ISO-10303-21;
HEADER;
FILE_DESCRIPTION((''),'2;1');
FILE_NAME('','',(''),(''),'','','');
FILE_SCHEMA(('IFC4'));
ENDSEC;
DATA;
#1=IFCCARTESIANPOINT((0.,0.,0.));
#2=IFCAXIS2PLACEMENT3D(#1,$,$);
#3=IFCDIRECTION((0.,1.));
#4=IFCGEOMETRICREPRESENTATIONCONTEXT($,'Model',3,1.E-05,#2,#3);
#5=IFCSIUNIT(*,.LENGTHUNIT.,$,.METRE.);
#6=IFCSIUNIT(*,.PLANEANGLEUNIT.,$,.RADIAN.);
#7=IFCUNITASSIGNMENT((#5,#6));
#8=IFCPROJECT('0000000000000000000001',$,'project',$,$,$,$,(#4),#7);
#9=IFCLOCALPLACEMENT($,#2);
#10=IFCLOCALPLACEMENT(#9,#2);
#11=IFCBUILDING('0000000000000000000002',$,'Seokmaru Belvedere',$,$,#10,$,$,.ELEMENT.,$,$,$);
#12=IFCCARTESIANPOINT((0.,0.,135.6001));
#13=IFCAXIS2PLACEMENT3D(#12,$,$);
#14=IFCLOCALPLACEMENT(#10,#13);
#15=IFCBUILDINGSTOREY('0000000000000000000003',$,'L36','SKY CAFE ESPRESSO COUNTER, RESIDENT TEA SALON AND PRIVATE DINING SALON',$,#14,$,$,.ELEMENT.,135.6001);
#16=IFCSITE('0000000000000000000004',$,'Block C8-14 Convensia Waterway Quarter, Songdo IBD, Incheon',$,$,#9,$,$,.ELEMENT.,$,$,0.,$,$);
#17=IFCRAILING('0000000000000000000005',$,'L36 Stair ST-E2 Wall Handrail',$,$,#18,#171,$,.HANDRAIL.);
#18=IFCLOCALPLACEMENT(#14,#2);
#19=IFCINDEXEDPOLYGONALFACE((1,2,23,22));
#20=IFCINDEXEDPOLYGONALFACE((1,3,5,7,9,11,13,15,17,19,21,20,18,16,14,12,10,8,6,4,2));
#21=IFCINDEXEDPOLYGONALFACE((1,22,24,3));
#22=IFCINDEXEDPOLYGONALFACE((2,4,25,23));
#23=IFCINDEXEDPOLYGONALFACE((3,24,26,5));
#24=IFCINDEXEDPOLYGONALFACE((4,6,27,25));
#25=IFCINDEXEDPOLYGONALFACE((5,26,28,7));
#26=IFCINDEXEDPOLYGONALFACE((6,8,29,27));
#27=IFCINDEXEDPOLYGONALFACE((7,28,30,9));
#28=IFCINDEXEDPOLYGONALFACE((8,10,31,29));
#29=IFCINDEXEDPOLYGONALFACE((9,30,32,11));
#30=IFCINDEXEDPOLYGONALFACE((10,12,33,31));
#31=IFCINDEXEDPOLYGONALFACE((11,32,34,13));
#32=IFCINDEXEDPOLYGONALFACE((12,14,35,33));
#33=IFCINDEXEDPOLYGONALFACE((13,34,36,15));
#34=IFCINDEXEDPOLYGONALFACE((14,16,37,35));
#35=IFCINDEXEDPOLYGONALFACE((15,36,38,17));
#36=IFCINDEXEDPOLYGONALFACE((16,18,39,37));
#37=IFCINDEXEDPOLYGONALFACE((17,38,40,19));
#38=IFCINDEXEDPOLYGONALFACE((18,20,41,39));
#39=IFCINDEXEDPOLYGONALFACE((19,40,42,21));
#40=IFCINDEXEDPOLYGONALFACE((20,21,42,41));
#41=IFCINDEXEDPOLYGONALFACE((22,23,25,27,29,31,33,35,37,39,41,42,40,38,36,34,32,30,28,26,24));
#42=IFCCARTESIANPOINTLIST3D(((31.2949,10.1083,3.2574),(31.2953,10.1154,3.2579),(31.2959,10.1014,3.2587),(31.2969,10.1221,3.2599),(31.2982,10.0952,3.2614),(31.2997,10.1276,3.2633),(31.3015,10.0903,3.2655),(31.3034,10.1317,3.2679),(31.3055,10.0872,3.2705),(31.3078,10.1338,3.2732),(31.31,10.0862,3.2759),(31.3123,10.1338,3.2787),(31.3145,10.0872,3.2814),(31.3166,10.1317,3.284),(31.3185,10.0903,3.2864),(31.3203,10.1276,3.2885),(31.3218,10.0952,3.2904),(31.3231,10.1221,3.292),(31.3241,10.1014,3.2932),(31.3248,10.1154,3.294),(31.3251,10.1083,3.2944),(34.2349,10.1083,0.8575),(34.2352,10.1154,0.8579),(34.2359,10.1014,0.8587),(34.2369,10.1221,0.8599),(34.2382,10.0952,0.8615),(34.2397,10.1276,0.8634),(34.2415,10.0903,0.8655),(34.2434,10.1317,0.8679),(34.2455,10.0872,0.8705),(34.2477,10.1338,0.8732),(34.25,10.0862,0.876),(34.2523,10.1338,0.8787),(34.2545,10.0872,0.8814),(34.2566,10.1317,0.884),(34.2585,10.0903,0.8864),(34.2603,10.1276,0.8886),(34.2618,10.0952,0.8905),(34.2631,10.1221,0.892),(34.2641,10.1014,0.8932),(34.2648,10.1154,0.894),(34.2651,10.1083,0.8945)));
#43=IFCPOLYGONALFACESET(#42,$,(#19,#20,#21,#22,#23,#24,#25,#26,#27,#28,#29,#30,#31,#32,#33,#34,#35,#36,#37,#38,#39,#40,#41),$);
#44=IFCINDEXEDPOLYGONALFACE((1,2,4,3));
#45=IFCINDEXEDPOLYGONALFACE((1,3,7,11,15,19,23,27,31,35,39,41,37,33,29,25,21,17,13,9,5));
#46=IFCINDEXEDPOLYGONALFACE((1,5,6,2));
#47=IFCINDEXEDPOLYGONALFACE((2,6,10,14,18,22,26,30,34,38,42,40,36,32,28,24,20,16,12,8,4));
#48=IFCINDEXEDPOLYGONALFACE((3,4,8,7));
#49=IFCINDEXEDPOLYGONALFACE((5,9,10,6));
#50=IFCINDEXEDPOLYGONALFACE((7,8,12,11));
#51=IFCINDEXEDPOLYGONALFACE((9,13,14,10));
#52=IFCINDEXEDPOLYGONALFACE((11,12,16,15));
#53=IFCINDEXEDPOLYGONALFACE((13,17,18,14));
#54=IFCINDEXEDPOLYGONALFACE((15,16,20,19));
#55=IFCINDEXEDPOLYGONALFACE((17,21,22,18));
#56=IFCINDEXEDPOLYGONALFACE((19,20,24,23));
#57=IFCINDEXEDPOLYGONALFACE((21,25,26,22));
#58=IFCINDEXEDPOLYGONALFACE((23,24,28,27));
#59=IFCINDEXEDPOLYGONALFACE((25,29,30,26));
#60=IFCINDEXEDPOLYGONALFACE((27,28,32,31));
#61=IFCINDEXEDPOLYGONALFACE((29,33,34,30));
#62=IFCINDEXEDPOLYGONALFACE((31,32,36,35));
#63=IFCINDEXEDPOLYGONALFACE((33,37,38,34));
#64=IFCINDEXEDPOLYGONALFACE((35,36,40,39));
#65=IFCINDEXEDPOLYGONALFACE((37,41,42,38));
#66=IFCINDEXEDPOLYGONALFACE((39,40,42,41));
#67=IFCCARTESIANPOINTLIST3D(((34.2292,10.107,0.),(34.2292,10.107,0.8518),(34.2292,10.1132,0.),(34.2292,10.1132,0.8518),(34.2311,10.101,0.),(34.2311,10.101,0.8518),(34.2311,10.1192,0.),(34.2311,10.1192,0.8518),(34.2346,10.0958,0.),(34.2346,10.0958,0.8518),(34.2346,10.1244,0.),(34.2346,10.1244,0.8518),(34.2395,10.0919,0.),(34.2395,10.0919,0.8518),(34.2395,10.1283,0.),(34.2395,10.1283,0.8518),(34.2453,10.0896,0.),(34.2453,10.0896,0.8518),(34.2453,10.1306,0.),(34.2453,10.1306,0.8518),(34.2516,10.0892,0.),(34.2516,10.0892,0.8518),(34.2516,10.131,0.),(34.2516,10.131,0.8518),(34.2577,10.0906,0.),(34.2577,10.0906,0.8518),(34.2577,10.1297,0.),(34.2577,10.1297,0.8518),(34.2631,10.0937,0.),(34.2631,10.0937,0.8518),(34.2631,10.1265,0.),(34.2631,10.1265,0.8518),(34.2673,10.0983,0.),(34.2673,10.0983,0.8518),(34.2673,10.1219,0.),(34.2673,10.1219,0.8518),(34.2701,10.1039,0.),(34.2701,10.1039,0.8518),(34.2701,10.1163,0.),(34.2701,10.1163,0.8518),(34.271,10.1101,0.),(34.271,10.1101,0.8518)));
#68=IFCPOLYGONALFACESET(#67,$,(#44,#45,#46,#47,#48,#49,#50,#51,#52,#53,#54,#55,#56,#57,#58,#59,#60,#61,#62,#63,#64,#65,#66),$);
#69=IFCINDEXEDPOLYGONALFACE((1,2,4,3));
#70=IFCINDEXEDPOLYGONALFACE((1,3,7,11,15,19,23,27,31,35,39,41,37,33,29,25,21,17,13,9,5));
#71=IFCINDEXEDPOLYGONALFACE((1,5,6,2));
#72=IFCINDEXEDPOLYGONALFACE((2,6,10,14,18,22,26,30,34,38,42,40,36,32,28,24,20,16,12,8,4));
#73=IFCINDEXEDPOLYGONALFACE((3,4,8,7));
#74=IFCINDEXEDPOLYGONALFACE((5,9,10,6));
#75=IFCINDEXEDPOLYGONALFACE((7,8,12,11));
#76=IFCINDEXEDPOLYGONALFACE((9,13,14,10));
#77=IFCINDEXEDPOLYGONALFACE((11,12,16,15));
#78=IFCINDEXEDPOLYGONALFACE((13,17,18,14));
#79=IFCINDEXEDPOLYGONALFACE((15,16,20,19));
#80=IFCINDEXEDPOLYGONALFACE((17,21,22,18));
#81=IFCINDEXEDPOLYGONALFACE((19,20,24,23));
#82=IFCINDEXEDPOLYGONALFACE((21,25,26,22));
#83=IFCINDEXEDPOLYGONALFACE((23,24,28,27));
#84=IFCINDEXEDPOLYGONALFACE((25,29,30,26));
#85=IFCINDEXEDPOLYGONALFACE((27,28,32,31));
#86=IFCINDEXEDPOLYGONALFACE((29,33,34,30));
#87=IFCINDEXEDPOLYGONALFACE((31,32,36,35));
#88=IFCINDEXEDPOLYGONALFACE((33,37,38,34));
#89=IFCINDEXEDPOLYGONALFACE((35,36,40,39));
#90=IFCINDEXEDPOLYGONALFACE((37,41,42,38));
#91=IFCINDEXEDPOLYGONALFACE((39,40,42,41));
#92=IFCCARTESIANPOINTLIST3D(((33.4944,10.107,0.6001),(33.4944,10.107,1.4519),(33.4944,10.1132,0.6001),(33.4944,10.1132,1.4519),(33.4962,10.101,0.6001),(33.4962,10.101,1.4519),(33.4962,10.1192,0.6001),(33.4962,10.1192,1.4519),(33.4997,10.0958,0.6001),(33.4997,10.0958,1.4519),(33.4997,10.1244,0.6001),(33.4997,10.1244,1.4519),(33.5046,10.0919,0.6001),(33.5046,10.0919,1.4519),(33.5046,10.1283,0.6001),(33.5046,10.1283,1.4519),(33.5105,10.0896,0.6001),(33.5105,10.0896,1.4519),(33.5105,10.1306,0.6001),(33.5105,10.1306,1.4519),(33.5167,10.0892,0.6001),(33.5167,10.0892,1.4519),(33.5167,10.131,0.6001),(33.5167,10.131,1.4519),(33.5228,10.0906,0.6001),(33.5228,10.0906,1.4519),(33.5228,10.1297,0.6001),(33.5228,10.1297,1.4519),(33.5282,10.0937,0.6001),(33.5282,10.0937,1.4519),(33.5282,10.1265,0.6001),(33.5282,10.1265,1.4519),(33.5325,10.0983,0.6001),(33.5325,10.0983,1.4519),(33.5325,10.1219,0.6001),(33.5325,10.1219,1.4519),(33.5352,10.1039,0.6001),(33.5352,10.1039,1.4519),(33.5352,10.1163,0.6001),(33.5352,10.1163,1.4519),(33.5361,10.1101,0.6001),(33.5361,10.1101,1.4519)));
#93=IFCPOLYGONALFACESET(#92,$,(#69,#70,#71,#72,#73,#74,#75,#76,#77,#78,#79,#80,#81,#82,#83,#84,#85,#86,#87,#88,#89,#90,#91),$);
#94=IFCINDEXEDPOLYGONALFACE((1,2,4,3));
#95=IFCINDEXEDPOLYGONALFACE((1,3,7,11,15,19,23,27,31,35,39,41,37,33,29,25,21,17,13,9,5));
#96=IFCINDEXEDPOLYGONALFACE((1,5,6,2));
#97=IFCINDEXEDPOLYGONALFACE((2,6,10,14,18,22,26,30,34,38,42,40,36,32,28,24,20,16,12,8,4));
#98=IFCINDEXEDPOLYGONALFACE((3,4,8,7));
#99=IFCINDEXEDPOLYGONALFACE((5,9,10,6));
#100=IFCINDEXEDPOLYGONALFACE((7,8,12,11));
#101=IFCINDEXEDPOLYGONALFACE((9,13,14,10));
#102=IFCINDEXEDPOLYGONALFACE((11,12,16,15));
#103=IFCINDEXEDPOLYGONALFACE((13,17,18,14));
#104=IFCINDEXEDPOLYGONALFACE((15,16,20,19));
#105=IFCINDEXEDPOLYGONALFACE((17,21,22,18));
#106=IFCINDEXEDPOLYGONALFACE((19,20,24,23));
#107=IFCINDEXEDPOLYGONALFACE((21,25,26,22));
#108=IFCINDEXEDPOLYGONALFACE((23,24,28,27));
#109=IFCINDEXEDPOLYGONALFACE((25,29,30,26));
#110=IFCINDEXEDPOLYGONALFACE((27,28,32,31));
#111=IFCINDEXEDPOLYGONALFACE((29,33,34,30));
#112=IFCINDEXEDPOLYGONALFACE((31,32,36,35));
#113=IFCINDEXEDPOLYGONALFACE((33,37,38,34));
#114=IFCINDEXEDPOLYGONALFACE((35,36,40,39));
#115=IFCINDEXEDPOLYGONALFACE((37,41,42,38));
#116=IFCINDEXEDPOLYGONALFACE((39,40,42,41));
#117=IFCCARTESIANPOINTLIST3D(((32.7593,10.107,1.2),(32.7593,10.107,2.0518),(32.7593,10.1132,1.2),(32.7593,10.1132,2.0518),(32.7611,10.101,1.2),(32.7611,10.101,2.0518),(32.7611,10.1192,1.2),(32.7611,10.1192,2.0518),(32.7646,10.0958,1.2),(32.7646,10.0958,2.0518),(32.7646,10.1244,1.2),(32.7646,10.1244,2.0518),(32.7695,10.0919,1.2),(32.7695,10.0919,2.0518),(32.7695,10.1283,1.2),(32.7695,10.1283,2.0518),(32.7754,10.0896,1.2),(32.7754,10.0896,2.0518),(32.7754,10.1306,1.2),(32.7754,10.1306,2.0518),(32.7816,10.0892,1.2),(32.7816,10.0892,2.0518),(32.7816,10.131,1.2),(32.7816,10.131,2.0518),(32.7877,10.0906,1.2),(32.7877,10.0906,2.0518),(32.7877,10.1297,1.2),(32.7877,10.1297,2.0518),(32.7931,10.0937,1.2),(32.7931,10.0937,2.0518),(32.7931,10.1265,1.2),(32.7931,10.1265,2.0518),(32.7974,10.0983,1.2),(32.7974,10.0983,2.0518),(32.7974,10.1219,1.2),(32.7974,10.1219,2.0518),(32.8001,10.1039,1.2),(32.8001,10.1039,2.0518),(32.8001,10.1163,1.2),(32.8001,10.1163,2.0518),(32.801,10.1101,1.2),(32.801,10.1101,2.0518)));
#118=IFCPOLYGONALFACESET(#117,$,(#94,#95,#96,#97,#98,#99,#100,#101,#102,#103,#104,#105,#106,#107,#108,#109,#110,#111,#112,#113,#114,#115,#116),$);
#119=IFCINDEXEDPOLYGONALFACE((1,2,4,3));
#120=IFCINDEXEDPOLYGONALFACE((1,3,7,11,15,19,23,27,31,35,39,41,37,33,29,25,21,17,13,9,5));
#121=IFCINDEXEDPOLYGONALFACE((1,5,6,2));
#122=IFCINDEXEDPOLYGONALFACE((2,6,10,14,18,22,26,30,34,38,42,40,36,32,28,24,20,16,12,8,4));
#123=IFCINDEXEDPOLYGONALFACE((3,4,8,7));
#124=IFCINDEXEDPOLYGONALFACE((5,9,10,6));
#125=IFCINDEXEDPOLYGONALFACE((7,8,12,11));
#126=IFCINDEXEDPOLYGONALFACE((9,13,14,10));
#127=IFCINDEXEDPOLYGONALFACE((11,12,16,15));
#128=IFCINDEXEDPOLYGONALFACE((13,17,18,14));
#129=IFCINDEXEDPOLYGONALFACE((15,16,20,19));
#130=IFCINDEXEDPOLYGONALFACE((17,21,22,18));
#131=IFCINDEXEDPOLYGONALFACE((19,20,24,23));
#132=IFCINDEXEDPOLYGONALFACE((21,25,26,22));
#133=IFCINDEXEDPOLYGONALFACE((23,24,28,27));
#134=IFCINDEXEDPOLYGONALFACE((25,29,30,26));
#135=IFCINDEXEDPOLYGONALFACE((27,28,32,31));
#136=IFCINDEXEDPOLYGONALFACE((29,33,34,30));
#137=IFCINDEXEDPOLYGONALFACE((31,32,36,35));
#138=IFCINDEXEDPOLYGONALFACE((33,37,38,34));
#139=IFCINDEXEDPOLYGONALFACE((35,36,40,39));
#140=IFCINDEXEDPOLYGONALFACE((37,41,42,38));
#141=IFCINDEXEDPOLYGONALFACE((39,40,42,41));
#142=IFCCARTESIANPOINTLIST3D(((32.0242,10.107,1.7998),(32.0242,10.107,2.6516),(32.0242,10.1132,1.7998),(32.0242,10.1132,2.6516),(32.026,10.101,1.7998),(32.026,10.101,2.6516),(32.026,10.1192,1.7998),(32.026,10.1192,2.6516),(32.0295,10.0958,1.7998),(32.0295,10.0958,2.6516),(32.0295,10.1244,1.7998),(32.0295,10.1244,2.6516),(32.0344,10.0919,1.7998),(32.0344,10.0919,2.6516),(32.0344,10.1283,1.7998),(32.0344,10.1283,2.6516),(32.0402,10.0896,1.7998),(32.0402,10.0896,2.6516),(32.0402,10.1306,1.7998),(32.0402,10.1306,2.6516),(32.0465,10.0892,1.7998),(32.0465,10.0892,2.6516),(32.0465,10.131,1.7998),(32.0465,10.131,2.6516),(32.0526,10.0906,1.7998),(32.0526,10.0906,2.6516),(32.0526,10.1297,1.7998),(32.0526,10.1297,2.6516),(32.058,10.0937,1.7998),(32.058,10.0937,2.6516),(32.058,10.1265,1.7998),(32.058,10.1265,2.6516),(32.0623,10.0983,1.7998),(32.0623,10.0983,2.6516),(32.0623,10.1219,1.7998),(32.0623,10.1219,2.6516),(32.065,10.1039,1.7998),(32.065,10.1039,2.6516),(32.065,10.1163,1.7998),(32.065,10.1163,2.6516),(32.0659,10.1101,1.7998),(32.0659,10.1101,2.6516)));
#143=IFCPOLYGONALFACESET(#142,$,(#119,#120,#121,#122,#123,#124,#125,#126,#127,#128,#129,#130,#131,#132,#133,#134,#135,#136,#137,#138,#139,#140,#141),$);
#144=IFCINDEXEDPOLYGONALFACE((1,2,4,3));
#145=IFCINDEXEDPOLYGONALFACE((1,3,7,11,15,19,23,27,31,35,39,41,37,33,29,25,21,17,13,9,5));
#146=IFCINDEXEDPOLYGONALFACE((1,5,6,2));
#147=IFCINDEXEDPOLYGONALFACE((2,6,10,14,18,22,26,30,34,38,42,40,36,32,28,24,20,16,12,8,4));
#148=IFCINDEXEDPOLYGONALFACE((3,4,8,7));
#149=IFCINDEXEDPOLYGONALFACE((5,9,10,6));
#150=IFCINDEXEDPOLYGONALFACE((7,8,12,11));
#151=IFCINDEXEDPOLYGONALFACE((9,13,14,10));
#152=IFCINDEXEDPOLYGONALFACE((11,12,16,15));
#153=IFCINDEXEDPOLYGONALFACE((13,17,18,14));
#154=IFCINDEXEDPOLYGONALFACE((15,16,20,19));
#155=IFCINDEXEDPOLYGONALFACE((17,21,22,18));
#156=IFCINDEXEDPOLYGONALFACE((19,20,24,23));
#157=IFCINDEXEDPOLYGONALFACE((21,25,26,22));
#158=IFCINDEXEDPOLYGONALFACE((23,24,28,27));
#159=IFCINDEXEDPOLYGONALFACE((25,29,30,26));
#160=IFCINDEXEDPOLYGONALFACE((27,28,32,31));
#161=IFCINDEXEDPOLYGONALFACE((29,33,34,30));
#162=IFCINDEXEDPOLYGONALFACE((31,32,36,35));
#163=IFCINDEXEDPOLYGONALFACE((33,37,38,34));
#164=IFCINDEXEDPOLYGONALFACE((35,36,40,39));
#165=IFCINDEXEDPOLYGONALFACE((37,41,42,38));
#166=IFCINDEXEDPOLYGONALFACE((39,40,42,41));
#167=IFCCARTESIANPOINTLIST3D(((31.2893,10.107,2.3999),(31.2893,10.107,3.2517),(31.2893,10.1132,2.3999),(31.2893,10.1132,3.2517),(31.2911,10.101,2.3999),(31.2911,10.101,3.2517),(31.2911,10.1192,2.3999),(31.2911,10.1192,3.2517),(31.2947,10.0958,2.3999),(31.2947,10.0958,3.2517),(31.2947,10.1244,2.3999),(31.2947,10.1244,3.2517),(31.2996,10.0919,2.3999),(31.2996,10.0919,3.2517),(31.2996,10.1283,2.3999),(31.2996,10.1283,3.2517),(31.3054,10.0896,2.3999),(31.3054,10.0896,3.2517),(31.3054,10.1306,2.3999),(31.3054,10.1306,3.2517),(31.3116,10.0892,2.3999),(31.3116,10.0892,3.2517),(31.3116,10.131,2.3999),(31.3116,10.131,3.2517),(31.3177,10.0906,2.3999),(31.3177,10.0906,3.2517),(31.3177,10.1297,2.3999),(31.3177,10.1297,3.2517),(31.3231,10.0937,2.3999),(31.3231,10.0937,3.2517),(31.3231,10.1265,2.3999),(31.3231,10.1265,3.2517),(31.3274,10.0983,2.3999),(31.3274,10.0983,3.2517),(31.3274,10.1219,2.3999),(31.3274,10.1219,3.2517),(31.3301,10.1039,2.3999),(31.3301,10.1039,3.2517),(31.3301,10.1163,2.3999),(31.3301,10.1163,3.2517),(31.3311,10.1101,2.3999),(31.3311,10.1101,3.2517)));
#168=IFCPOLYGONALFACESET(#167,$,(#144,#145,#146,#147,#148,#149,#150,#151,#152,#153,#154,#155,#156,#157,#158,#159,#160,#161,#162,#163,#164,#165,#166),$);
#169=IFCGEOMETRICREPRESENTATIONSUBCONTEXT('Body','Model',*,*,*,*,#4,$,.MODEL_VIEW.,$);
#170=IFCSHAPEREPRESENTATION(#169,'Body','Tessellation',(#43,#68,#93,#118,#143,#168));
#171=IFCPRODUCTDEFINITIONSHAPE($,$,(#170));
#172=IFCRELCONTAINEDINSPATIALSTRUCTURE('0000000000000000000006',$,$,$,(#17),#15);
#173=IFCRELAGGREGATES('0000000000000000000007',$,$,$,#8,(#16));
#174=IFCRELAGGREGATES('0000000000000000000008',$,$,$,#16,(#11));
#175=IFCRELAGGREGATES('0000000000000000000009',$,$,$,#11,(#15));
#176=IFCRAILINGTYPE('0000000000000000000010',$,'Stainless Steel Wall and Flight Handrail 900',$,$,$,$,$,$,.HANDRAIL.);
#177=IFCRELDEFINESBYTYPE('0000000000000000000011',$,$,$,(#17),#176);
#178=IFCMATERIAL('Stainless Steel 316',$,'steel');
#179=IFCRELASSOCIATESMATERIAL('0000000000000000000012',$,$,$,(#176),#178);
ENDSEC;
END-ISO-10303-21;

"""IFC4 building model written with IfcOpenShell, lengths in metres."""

from ifc_helpers import new_model, si_unit, direction, frame, origin, origin_2d, place, context, subcontext, project, spatial, circle, extrude, material, type_object, element, save


model = new_model("IFC4")

# Units and contexts
model_context = context("Model", 3, precision=1e-05, world=origin(), true_north=direction((0.0, 1.0)))
body_context = subcontext(model_context, "Body", "Model", "MODEL_VIEW")
ifc_project = project(units=[si_unit("LENGTHUNIT", "METRE"), si_unit("PLANEANGLEUNIT", "RADIAN")], contexts=[model_context])

# Site, building, storey
site_placement = place(None, origin())
site = spatial("IfcSite", under=ifc_project, at=site_placement, Name="Block C8-14 Convensia Waterway Quarter, Songdo IBD, Incheon", CompositionType="ELEMENT", RefElevation=0.0)
building_placement = place(site_placement, origin())
building = spatial("IfcBuilding", under=site, at=building_placement, Name="Seokmaru Belvedere", CompositionType="ELEMENT")
storey_placement = place(building_placement, frame((0.0, 0.0, 135.6001)))
storey = spatial("IfcBuildingStorey", under=building, at=storey_placement, Name="L36", Description="SKY CAFE ESPRESSO COUNTER, RESIDENT TEA SALON AND PRIVATE DINING SALON", CompositionType="ELEMENT", Elevation=135.6001)

# Shared definitions
ifc_material_1 = material(Name="Stainless Steel 316", Category="steel")

# Railing
railing_type_1 = type_object("IfcRailingType", Name="Stainless Steel Wall and Flight Handrail 900", PredefinedType="HANDRAIL", material=ifc_material_1)
railing_1_placement = place(storey_placement, frame((34.25, 10.1101, 0.0)))
element("IfcRailing", 1, at=railing_1_placement, inside=storey, type_object=railing_type_1, Name="L36 Stair ST-E2 Wall Handrail", PredefinedType="HANDRAIL", context=body_context, shape_type="SweptSolid", body=[
    extrude(circle(Radius=0.0239, at=origin_2d()), frame((0.0, 0.0, 0.876), z_axis=(-0.774668, 0.0, 0.632369), x_axis=(0.0, -1.0, 0.0)), (0.0, 0.0, 1.0), 3.7952),
    extrude(circle(Radius=0.021, at=origin_2d()), origin(), (0.0, 0.0, 1.0), 0.8518),
    extrude(circle(Radius=0.021, at=origin_2d()), frame((-0.7349, 0.0, 0.6001)), (0.0, 0.0, 1.0), 0.8518),
    extrude(circle(Radius=0.021, at=origin_2d()), frame((-1.47, 0.0, 1.2)), (0.0, 0.0, 1.0), 0.8518),
    extrude(circle(Radius=0.021, at=origin_2d()), frame((-2.2051, 0.0, 1.7998)), (0.0, 0.0, 1.0), 0.8518),
    extrude(circle(Radius=0.021, at=origin_2d()), frame((-2.9399, 0.0, 2.3999)), (0.0, 0.0, 1.0), 0.8518),
])

save(model, "model.ifc")
